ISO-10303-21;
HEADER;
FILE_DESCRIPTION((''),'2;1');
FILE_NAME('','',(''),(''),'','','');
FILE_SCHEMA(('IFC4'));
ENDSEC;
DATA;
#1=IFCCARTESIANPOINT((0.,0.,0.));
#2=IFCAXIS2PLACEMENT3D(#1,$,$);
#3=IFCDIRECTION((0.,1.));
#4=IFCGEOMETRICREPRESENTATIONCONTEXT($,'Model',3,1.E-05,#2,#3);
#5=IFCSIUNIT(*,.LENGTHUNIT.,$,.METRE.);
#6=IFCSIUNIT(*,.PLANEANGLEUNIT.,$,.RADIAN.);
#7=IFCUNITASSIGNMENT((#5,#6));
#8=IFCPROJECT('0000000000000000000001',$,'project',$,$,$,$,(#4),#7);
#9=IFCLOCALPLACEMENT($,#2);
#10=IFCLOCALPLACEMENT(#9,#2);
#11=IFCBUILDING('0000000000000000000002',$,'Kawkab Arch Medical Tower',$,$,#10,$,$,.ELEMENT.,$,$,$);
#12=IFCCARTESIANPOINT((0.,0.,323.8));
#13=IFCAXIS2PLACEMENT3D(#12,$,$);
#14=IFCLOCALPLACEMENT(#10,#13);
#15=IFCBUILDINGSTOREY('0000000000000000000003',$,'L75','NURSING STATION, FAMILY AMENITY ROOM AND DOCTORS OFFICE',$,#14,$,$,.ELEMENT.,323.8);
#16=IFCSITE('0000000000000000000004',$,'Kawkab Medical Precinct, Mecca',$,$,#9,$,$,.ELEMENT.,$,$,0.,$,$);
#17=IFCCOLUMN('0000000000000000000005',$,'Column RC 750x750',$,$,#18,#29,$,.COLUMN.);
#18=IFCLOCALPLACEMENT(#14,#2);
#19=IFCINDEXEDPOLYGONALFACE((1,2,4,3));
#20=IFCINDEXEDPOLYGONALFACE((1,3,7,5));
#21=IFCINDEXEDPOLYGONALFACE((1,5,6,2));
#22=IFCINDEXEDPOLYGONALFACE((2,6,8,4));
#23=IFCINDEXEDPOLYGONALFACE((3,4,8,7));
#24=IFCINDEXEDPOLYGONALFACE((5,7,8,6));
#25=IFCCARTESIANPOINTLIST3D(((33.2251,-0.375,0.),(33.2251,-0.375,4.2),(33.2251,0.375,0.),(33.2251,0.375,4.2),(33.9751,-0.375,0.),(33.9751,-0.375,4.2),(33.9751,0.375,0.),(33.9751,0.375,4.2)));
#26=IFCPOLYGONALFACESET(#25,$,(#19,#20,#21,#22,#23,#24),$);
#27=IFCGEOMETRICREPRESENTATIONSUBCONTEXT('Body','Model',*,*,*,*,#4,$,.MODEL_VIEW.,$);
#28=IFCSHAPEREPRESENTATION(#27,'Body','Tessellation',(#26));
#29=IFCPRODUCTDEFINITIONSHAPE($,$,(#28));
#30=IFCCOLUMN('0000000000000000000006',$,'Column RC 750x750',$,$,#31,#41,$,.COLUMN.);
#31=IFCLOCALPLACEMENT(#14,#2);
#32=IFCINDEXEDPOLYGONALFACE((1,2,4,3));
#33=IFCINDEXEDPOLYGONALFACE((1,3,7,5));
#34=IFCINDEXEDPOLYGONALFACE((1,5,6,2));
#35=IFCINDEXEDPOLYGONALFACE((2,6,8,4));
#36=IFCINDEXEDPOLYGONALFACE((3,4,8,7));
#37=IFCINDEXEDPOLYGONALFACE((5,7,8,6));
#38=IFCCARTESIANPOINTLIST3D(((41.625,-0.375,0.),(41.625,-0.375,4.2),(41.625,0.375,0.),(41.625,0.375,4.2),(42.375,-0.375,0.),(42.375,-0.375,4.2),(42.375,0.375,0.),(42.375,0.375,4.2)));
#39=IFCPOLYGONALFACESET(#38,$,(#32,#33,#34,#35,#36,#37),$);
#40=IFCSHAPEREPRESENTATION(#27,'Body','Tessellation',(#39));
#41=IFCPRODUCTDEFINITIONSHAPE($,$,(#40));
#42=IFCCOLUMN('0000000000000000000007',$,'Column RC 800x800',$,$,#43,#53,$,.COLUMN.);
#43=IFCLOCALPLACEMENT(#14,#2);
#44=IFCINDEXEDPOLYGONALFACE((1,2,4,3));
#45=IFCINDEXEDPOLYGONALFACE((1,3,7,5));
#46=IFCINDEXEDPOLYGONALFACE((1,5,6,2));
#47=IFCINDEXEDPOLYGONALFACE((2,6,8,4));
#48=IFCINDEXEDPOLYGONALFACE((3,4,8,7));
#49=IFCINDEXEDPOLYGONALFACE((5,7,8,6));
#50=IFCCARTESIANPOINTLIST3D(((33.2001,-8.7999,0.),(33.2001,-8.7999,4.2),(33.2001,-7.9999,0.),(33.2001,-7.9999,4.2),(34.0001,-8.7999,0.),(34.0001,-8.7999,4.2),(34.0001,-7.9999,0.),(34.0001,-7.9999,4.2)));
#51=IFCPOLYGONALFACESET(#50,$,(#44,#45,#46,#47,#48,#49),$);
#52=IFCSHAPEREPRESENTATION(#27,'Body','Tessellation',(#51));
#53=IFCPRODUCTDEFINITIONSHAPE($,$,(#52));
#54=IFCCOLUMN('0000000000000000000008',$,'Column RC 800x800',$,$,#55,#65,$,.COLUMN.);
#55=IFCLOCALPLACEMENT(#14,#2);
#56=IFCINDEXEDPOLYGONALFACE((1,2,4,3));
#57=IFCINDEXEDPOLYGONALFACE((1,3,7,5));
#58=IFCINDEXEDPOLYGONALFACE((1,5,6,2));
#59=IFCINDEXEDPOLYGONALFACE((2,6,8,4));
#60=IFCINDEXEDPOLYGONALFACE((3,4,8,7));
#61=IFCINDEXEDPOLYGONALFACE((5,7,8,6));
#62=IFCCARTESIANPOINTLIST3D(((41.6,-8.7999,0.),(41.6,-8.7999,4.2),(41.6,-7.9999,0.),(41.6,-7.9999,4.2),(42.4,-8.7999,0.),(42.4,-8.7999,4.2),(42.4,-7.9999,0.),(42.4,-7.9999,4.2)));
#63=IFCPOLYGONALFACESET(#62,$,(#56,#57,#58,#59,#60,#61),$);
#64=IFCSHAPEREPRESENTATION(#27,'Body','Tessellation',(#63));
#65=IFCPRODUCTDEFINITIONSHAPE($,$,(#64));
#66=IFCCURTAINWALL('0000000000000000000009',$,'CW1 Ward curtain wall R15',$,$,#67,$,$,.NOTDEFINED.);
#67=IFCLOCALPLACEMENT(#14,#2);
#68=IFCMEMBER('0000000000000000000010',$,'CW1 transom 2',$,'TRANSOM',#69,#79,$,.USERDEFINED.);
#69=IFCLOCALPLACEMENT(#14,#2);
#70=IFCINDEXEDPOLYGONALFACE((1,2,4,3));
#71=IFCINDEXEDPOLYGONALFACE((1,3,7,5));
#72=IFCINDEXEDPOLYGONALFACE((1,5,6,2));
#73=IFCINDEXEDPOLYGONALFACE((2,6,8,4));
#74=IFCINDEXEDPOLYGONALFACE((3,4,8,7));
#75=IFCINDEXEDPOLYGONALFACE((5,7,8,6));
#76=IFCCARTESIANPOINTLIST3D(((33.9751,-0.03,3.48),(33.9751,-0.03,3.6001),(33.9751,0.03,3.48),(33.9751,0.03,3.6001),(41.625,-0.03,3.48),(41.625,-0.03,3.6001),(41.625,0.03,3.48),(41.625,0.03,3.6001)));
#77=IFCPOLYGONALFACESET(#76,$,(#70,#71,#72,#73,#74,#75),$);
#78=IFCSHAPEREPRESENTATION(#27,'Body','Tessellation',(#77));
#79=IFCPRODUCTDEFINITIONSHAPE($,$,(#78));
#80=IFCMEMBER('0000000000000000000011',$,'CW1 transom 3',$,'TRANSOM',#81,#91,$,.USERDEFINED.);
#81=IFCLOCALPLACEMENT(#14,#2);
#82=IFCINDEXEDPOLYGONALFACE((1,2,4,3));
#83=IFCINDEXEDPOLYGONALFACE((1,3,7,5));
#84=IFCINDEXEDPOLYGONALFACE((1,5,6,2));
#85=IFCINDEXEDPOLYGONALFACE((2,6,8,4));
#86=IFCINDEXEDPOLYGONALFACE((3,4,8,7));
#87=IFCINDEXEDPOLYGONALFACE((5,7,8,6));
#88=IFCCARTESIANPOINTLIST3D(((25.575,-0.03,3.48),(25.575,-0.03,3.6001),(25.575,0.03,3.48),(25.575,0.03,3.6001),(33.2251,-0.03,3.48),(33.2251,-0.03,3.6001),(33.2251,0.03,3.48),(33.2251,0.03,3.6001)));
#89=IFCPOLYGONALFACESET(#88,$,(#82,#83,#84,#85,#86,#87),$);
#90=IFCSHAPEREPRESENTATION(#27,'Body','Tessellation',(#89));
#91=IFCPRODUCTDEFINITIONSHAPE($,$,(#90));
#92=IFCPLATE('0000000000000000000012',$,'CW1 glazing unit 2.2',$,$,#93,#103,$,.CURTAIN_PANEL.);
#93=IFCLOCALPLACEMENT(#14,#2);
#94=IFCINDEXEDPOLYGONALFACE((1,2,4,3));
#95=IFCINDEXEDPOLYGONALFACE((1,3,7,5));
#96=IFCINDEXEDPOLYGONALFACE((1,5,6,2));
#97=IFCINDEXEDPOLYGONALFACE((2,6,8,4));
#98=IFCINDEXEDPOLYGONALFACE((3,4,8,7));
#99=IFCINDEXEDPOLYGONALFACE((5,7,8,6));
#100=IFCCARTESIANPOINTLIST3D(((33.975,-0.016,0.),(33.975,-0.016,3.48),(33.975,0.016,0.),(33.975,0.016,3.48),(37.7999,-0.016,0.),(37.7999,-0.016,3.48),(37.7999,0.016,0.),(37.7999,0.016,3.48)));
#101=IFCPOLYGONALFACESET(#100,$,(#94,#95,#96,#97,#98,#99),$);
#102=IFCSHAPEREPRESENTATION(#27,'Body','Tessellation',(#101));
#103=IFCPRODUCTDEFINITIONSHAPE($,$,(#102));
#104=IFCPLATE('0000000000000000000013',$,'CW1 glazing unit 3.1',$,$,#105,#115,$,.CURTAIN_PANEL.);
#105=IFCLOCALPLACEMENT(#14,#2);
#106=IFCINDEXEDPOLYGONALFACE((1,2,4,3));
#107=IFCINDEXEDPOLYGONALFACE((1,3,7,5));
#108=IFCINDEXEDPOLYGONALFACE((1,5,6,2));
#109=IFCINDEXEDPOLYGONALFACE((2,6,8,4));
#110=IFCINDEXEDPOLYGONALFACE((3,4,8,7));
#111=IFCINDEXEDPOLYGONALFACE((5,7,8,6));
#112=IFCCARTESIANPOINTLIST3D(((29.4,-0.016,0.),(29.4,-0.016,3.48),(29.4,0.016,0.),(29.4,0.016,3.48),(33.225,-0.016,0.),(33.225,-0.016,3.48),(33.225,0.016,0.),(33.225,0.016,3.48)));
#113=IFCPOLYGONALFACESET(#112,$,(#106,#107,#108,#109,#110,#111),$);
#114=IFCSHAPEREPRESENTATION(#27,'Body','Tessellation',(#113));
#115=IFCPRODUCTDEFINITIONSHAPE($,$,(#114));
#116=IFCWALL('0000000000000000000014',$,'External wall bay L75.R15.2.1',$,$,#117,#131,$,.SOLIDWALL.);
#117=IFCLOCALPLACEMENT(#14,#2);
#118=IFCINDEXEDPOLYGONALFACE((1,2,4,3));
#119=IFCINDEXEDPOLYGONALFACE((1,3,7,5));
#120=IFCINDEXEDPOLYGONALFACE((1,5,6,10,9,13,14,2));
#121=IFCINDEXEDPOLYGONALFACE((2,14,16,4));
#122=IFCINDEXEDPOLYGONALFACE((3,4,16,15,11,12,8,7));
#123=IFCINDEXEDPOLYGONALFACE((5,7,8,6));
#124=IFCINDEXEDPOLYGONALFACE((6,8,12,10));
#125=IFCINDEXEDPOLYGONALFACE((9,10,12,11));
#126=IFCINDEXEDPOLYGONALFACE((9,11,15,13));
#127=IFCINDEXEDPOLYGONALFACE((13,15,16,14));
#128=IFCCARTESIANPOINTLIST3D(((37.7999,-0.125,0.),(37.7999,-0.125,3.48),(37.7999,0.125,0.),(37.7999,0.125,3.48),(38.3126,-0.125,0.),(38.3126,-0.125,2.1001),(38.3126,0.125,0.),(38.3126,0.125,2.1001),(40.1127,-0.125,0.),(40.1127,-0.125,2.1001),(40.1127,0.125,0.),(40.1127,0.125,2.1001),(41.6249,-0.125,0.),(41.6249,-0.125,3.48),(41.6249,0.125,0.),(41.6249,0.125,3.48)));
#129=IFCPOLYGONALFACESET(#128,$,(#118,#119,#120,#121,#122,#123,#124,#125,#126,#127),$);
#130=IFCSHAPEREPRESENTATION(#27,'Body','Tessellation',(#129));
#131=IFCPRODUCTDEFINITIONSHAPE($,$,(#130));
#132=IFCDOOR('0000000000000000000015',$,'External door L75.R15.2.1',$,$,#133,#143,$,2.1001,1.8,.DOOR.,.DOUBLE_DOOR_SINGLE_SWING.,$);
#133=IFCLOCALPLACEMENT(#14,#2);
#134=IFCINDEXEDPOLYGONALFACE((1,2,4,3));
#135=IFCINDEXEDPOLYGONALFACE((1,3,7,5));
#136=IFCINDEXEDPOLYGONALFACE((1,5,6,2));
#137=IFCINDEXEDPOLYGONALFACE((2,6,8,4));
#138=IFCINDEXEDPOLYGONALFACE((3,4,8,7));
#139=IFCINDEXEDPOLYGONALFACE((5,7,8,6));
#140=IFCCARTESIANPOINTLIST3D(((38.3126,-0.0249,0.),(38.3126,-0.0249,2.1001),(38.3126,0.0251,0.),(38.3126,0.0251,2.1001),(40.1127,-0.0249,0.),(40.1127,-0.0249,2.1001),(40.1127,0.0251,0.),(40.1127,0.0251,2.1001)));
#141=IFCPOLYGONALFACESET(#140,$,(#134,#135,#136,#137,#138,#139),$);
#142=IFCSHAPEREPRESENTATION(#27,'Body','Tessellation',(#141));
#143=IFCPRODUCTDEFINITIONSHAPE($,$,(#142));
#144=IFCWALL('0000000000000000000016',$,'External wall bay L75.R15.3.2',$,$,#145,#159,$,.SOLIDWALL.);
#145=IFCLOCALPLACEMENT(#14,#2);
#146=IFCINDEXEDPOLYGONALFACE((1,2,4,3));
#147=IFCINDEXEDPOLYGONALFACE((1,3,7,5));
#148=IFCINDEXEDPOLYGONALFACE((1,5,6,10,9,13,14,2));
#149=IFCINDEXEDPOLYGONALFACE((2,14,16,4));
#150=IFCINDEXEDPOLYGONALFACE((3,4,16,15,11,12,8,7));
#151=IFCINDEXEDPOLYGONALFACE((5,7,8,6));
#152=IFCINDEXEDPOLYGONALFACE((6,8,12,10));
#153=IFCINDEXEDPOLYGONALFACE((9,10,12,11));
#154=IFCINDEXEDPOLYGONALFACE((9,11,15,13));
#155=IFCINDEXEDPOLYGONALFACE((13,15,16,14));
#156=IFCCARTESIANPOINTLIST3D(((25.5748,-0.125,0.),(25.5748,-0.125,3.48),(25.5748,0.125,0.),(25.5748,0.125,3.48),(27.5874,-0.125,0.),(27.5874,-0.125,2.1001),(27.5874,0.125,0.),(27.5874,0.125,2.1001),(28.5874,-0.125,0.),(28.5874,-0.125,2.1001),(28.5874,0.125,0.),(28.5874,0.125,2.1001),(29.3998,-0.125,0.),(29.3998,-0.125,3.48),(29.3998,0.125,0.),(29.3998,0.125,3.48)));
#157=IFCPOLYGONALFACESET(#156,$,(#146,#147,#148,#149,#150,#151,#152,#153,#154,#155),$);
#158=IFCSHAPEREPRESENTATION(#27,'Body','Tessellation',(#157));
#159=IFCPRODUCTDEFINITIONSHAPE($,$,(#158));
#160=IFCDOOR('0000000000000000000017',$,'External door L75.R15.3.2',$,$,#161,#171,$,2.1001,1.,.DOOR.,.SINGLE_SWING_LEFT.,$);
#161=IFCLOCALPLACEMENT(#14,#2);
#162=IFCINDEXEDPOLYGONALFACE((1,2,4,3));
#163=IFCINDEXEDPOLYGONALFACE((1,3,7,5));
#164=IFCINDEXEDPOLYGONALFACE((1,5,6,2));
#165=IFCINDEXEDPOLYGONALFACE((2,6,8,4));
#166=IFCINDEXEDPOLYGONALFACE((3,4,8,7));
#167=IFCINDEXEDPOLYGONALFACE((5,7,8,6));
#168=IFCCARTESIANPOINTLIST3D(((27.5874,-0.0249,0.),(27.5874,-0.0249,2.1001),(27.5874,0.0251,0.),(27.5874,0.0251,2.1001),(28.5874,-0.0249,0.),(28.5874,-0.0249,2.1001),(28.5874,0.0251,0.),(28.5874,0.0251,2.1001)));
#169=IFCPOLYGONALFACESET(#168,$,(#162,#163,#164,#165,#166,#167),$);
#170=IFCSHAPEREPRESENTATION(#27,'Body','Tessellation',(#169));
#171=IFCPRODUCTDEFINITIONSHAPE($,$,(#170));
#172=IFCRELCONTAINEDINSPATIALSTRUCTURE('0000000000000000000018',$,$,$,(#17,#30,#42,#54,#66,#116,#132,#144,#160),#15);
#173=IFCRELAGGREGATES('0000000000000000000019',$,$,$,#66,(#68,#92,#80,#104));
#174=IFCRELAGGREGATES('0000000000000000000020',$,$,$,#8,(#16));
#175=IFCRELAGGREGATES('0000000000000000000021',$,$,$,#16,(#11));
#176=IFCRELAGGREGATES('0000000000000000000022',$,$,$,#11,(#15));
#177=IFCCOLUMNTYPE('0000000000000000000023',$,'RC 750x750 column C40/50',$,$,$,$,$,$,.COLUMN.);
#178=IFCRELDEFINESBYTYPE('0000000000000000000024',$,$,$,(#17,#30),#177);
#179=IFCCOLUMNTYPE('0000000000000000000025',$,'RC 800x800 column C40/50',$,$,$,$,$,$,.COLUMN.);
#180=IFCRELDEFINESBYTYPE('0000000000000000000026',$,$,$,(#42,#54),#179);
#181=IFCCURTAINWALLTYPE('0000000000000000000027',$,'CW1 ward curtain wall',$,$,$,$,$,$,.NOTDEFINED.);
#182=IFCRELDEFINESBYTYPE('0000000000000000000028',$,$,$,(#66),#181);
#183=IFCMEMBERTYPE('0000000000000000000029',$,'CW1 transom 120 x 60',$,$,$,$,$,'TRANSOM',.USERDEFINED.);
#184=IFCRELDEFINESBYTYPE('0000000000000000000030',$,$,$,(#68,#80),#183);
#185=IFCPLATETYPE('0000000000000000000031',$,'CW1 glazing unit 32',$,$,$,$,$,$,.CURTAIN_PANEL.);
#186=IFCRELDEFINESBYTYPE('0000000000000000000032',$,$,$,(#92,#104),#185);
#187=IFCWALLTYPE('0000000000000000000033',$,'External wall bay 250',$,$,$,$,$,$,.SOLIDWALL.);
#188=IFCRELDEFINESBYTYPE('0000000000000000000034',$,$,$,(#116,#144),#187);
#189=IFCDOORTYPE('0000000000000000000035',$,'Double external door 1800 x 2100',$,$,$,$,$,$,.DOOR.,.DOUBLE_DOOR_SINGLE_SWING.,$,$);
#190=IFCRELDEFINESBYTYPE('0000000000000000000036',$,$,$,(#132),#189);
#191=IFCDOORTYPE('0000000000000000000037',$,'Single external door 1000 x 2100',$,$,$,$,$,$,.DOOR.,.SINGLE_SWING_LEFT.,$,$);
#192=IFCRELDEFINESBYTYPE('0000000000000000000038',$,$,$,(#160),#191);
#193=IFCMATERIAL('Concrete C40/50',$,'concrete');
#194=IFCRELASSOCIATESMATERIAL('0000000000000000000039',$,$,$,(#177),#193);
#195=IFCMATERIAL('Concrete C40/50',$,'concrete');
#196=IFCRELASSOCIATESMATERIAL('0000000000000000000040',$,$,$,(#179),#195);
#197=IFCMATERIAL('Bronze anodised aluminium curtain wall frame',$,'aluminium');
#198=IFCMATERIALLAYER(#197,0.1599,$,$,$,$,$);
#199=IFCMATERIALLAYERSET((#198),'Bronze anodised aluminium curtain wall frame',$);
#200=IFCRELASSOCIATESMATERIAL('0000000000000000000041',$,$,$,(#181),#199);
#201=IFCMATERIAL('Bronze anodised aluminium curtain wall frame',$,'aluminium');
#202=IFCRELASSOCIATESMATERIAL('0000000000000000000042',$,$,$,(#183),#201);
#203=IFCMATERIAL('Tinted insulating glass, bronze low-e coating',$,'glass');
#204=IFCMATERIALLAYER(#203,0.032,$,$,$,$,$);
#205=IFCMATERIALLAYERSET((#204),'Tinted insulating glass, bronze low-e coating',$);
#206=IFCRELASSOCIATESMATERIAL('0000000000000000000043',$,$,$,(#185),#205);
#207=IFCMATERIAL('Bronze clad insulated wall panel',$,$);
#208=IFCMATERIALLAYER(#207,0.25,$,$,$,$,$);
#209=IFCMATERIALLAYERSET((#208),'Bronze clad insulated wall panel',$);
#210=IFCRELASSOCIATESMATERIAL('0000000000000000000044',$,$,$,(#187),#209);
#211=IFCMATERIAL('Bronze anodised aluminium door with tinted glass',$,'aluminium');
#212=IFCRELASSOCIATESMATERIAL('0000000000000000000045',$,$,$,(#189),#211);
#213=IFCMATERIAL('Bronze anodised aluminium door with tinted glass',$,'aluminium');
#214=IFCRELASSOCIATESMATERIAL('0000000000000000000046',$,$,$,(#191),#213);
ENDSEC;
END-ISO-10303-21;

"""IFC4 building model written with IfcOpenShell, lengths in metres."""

from ifc_helpers import new_model, si_unit, direction, frame, frame_2d, origin, origin_2d, place, context, subcontext, project, spatial, rectangle, extrude, material, layer, layer_set, material_profile, profile_set, type_object, element, fill, aggregate, save


model = new_model("IFC4")

# Units and contexts
model_context = context("Model", 3, precision=1e-05, world=origin(), true_north=direction((0.0, 1.0)))
body_context = subcontext(model_context, "Body", "Model", "MODEL_VIEW")
ifc_project = project(units=[si_unit("LENGTHUNIT", "METRE"), si_unit("PLANEANGLEUNIT", "RADIAN")], contexts=[model_context])

# Site, building, storey
site_placement = place(None, origin())
site = spatial("IfcSite", under=ifc_project, at=site_placement, Name="Kawkab Medical Precinct, Mecca", CompositionType="ELEMENT", RefElevation=0.0)
building_placement = place(site_placement, origin())
building = spatial("IfcBuilding", under=site, at=building_placement, Name="Kawkab Arch Medical Tower", CompositionType="ELEMENT")
storey_placement = place(building_placement, frame((0.0, 0.0, 323.8)))
storey = spatial("IfcBuildingStorey", under=building, at=storey_placement, Name="L75", Description="NURSING STATION, FAMILY AMENITY ROOM AND DOCTORS OFFICE", CompositionType="ELEMENT", Elevation=323.8)

# Columns
ifc_material_1 = material(Name="Concrete C40/50", Category="concrete")
ifc_material_profile_1 = material_profile(ifc_material_1, rectangle(XDim=0.75, YDim=0.75, at=origin_2d()), Name="RC 750x750")
ifc_profile_set_1 = profile_set([ifc_material_profile_1], Name="Concrete C40/50")
column_type_1 = type_object("IfcColumnType", Name="RC 750x750 column C40/50", PredefinedType="COLUMN", material=ifc_profile_set_1)
for number, where, z_axis, x_axis, name in (
    (1, (33.6001, 0.0, 0.0), (0.0, 0.0, 1.0), (1.0, 0.0, 0.0), "Column RC 750x750"),
    (2, (42.0, 0.0, 0.0), (0.0, 0.0, 1.0), (1.0, 0.0, 0.0), "Column RC 750x750"),
):
    element("IfcColumn", number, at=place(storey_placement, frame(where, z_axis=z_axis, x_axis=x_axis)), inside=storey, type_object=column_type_1, Name=name, PredefinedType="COLUMN", context=body_context, shape_type="SweptSolid", body=[
        extrude(rectangle(XDim=0.75, YDim=0.75, at=origin_2d()), origin(), (0.0, 0.0, 1.0), 4.2),
    ])
ifc_material_2 = material(Name="Concrete C40/50", Category="concrete")
ifc_material_profile_2 = material_profile(ifc_material_2, rectangle(XDim=0.8, YDim=0.8, at=origin_2d()), Name="RC 800x800")
ifc_profile_set_2 = profile_set([ifc_material_profile_2], Name="Concrete C40/50")
column_type_2 = type_object("IfcColumnType", Name="RC 800x800 column C40/50", PredefinedType="COLUMN", material=ifc_profile_set_2)
for number, where, z_axis, x_axis, name in (
    (3, (33.6001, -8.3999, 0.0), (0.0, 0.0, 1.0), (1.0, 0.0, 0.0), "Column RC 800x800"),
    (4, (42.0, -8.3999, 0.0), (0.0, 0.0, 1.0), (1.0, 0.0, 0.0), "Column RC 800x800"),
):
    element("IfcColumn", number, at=place(storey_placement, frame(where, z_axis=z_axis, x_axis=x_axis)), inside=storey, type_object=column_type_2, Name=name, PredefinedType="COLUMN", context=body_context, shape_type="SweptSolid", body=[
        extrude(rectangle(XDim=0.8, YDim=0.8, at=origin_2d()), origin(), (0.0, 0.0, 1.0), 4.2),
    ])

# Curtain wall, members, plates
ifc_material_3 = material(Name="Bronze anodised aluminium curtain wall frame", Category="aluminium")
ifc_layer_1 = layer(ifc_material_3, 0.1599)
ifc_layer_set_1 = layer_set([ifc_layer_1], Name="Bronze anodised aluminium curtain wall frame")
curtain_wall_type = type_object("IfcCurtainWallType", Name="CW1 ward curtain wall", PredefinedType="NOTDEFINED", material=ifc_layer_set_1)
curtain_wall_placement = place(storey_placement, origin())
curtain_wall = element("IfcCurtainWall", 5, at=curtain_wall_placement, inside=storey, type_object=curtain_wall_type, Name="CW1 Ward curtain wall R15", PredefinedType="NOTDEFINED")
ifc_material_4 = material(Name="Bronze anodised aluminium curtain wall frame", Category="aluminium")
ifc_material_profile_3 = material_profile(ifc_material_4, rectangle(XDim=0.0601, YDim=0.1201, at=origin_2d()), Name="AL 60x120")
ifc_profile_set_3 = profile_set([ifc_material_profile_3], Name="Bronze anodised aluminium curtain wall frame")
member_type = type_object("IfcMemberType", Name="CW1 transom 120 x 60", ElementType="TRANSOM", PredefinedType="USERDEFINED", material=ifc_profile_set_3)
member_1_placement = place(storey_placement, frame((41.625, 0.0, 3.54), z_axis=(-1.0, 0.0, 0.0), x_axis=(0.0, -1.0, 0.0)))
member_1 = element("IfcMember", 6, at=member_1_placement, type_object=member_type, Name="CW1 transom 2", ObjectType="TRANSOM", PredefinedType="USERDEFINED", context=body_context, shape_type="SweptSolid", body=[
    extrude(rectangle(XDim=0.0601, YDim=0.1201, at=origin_2d()), origin(), (0.0, 0.0, 1.0), 7.6499),
])
member_2_placement = place(storey_placement, frame((33.2251, 0.0, 3.54), z_axis=(-1.0, 0.0, 0.0), x_axis=(0.0, -1.0, 0.0)))
member_2 = element("IfcMember", 7, at=member_2_placement, type_object=member_type, Name="CW1 transom 3", ObjectType="TRANSOM", PredefinedType="USERDEFINED", context=body_context, shape_type="SweptSolid", body=[
    extrude(rectangle(XDim=0.0601, YDim=0.1201, at=origin_2d()), origin(), (0.0, 0.0, 1.0), 7.6501),
])
ifc_material_5 = material(Name="Tinted insulating glass, bronze low-e coating", Category="glass")
ifc_layer_2 = layer(ifc_material_5, 0.032)
ifc_layer_set_2 = layer_set([ifc_layer_2], Name="Tinted insulating glass, bronze low-e coating")
plate_type = type_object("IfcPlateType", Name="CW1 glazing unit 32", PredefinedType="CURTAIN_PANEL", material=ifc_layer_set_2)
plate_1_placement = place(storey_placement, frame((35.8875, 0.0, 0.0), z_axis=(0.0, 0.0, 1.0), x_axis=(-1.0, 0.0, 0.0)))
plate_1 = element("IfcPlate", 8, at=plate_1_placement, type_object=plate_type, Name="CW1 glazing unit 2.2", PredefinedType="CURTAIN_PANEL", context=body_context, shape_type="SweptSolid", body=[
    extrude(rectangle(XDim=3.825, YDim=0.032, at=origin_2d()), origin(), (0.0, 0.0, 1.0), 3.48),
])
plate_2_placement = place(storey_placement, frame((31.3125, 0.0, 0.0), z_axis=(0.0, 0.0, 1.0), x_axis=(-1.0, 0.0, 0.0)))
plate_2 = element("IfcPlate", 9, at=plate_2_placement, type_object=plate_type, Name="CW1 glazing unit 3.1", PredefinedType="CURTAIN_PANEL", context=body_context, shape_type="SweptSolid", body=[
    extrude(rectangle(XDim=3.825, YDim=0.032, at=origin_2d()), origin(), (0.0, 0.0, 1.0), 3.48),
])
aggregate(curtain_wall, [member_1, plate_1, member_2, plate_2])

# Walls, openings, doors
ifc_material_6 = material(Name="Bronze clad insulated wall panel")
ifc_layer_3 = layer(ifc_material_6, 0.25)
ifc_layer_set_3 = layer_set([ifc_layer_3], Name="Bronze clad insulated wall panel")
wall_type_1 = type_object("IfcWallType", Name="External wall bay 250", PredefinedType="SOLIDWALL", material=ifc_layer_set_3)
wall_1_placement = place(storey_placement, frame((41.625, 0.0, 0.0), z_axis=(0.0, 0.0, 1.0), x_axis=(-1.0, 0.0, 0.0)))
wall_1 = element("IfcWall", 10, at=wall_1_placement, inside=storey, type_object=wall_type_1, Name="External wall bay L75.R15.2.1", PredefinedType="SOLIDWALL", context=body_context, shape_type="SweptSolid", body=[
    extrude(rectangle(XDim=3.825, YDim=0.25, at=frame_2d((1.9126, 0.0))), origin(), (0.0, 0.0, 1.0), 3.48),
])
opening_1_placement = place(wall_1_placement, frame((1.5125, 0.0, 0.0)))
opening_1 = element("IfcOpeningElement", 11, at=opening_1_placement, cuts=wall_1, PredefinedType="OPENING", context=body_context, shape_type="SweptSolid", body=[
    extrude(rectangle(XDim=1.8, YDim=2.1001, at=frame_2d((0.8999, 1.05))), frame((0.0, 0.135, 0.0), z_axis=(0.0, -1.0, 0.0), x_axis=(1.0, 0.0, 0.0)), (0.0, 0.0, 1.0), 0.27),
])
ifc_material_7 = material(Name="Bronze anodised aluminium door with tinted glass", Category="aluminium")
door_type_1 = type_object("IfcDoorType", Name="Double external door 1800 x 2100", OperationType="DOUBLE_DOOR_SINGLE_SWING", PredefinedType="DOOR", material=ifc_material_7)
door_1_placement = place(opening_1_placement, origin())
door_1 = element("IfcDoor", 12, at=door_1_placement, inside=storey, type_object=door_type_1, Name="External door L75.R15.2.1", OperationType="DOUBLE_DOOR_SINGLE_SWING", OverallHeight=2.1001, OverallWidth=1.8, PredefinedType="DOOR", context=body_context, shape_type="SweptSolid", body=[
    extrude(rectangle(XDim=1.8, YDim=2.1001, at=frame_2d((0.8999, 1.05))), frame((0.0, 0.0249, 0.0), z_axis=(0.0, -1.0, 0.0), x_axis=(1.0, 0.0, 0.0)), (0.0, 0.0, 1.0), 0.05),
])
fill(opening_1, door_1)
wall_2_placement = place(storey_placement, frame((29.3999, 0.0, 0.0), z_axis=(0.0, 0.0, 1.0), x_axis=(-1.0, 0.0, 0.0)))
wall_2 = element("IfcWall", 13, at=wall_2_placement, inside=storey, type_object=wall_type_1, Name="External wall bay L75.R15.3.2", PredefinedType="SOLIDWALL", context=body_context, shape_type="SweptSolid", body=[
    extrude(rectangle(XDim=3.825, YDim=0.25, at=frame_2d((1.9126, 0.0))), origin(), (0.0, 0.0, 1.0), 3.48),
])
opening_2_placement = place(wall_2_placement, frame((0.8125, 0.0, 0.0)))
opening_2 = element("IfcOpeningElement", 14, at=opening_2_placement, cuts=wall_2, PredefinedType="OPENING", context=body_context, shape_type="SweptSolid", body=[
    extrude(rectangle(XDim=1.0, YDim=2.1001, at=frame_2d((0.5, 1.05))), frame((0.0, 0.135, 0.0), z_axis=(0.0, -1.0, 0.0), x_axis=(1.0, 0.0, 0.0)), (0.0, 0.0, 1.0), 0.27),
])
ifc_material_8 = material(Name="Bronze anodised aluminium door with tinted glass", Category="aluminium")
door_type_2 = type_object("IfcDoorType", Name="Single external door 1000 x 2100", OperationType="SINGLE_SWING_LEFT", PredefinedType="DOOR", material=ifc_material_8)
door_2_placement = place(opening_2_placement, origin())
door_2 = element("IfcDoor", 15, at=door_2_placement, inside=storey, type_object=door_type_2, Name="External door L75.R15.3.2", OperationType="SINGLE_SWING_LEFT", OverallHeight=2.1001, OverallWidth=1.0, PredefinedType="DOOR", context=body_context, shape_type="SweptSolid", body=[
    extrude(rectangle(XDim=1.0, YDim=2.1001, at=frame_2d((0.5, 1.05))), frame((0.0, 0.0249, 0.0), z_axis=(0.0, -1.0, 0.0), x_axis=(1.0, 0.0, 0.0)), (0.0, 0.0, 1.0), 0.05),
])
fill(opening_2, door_2)

save(model, "model.ifc")
